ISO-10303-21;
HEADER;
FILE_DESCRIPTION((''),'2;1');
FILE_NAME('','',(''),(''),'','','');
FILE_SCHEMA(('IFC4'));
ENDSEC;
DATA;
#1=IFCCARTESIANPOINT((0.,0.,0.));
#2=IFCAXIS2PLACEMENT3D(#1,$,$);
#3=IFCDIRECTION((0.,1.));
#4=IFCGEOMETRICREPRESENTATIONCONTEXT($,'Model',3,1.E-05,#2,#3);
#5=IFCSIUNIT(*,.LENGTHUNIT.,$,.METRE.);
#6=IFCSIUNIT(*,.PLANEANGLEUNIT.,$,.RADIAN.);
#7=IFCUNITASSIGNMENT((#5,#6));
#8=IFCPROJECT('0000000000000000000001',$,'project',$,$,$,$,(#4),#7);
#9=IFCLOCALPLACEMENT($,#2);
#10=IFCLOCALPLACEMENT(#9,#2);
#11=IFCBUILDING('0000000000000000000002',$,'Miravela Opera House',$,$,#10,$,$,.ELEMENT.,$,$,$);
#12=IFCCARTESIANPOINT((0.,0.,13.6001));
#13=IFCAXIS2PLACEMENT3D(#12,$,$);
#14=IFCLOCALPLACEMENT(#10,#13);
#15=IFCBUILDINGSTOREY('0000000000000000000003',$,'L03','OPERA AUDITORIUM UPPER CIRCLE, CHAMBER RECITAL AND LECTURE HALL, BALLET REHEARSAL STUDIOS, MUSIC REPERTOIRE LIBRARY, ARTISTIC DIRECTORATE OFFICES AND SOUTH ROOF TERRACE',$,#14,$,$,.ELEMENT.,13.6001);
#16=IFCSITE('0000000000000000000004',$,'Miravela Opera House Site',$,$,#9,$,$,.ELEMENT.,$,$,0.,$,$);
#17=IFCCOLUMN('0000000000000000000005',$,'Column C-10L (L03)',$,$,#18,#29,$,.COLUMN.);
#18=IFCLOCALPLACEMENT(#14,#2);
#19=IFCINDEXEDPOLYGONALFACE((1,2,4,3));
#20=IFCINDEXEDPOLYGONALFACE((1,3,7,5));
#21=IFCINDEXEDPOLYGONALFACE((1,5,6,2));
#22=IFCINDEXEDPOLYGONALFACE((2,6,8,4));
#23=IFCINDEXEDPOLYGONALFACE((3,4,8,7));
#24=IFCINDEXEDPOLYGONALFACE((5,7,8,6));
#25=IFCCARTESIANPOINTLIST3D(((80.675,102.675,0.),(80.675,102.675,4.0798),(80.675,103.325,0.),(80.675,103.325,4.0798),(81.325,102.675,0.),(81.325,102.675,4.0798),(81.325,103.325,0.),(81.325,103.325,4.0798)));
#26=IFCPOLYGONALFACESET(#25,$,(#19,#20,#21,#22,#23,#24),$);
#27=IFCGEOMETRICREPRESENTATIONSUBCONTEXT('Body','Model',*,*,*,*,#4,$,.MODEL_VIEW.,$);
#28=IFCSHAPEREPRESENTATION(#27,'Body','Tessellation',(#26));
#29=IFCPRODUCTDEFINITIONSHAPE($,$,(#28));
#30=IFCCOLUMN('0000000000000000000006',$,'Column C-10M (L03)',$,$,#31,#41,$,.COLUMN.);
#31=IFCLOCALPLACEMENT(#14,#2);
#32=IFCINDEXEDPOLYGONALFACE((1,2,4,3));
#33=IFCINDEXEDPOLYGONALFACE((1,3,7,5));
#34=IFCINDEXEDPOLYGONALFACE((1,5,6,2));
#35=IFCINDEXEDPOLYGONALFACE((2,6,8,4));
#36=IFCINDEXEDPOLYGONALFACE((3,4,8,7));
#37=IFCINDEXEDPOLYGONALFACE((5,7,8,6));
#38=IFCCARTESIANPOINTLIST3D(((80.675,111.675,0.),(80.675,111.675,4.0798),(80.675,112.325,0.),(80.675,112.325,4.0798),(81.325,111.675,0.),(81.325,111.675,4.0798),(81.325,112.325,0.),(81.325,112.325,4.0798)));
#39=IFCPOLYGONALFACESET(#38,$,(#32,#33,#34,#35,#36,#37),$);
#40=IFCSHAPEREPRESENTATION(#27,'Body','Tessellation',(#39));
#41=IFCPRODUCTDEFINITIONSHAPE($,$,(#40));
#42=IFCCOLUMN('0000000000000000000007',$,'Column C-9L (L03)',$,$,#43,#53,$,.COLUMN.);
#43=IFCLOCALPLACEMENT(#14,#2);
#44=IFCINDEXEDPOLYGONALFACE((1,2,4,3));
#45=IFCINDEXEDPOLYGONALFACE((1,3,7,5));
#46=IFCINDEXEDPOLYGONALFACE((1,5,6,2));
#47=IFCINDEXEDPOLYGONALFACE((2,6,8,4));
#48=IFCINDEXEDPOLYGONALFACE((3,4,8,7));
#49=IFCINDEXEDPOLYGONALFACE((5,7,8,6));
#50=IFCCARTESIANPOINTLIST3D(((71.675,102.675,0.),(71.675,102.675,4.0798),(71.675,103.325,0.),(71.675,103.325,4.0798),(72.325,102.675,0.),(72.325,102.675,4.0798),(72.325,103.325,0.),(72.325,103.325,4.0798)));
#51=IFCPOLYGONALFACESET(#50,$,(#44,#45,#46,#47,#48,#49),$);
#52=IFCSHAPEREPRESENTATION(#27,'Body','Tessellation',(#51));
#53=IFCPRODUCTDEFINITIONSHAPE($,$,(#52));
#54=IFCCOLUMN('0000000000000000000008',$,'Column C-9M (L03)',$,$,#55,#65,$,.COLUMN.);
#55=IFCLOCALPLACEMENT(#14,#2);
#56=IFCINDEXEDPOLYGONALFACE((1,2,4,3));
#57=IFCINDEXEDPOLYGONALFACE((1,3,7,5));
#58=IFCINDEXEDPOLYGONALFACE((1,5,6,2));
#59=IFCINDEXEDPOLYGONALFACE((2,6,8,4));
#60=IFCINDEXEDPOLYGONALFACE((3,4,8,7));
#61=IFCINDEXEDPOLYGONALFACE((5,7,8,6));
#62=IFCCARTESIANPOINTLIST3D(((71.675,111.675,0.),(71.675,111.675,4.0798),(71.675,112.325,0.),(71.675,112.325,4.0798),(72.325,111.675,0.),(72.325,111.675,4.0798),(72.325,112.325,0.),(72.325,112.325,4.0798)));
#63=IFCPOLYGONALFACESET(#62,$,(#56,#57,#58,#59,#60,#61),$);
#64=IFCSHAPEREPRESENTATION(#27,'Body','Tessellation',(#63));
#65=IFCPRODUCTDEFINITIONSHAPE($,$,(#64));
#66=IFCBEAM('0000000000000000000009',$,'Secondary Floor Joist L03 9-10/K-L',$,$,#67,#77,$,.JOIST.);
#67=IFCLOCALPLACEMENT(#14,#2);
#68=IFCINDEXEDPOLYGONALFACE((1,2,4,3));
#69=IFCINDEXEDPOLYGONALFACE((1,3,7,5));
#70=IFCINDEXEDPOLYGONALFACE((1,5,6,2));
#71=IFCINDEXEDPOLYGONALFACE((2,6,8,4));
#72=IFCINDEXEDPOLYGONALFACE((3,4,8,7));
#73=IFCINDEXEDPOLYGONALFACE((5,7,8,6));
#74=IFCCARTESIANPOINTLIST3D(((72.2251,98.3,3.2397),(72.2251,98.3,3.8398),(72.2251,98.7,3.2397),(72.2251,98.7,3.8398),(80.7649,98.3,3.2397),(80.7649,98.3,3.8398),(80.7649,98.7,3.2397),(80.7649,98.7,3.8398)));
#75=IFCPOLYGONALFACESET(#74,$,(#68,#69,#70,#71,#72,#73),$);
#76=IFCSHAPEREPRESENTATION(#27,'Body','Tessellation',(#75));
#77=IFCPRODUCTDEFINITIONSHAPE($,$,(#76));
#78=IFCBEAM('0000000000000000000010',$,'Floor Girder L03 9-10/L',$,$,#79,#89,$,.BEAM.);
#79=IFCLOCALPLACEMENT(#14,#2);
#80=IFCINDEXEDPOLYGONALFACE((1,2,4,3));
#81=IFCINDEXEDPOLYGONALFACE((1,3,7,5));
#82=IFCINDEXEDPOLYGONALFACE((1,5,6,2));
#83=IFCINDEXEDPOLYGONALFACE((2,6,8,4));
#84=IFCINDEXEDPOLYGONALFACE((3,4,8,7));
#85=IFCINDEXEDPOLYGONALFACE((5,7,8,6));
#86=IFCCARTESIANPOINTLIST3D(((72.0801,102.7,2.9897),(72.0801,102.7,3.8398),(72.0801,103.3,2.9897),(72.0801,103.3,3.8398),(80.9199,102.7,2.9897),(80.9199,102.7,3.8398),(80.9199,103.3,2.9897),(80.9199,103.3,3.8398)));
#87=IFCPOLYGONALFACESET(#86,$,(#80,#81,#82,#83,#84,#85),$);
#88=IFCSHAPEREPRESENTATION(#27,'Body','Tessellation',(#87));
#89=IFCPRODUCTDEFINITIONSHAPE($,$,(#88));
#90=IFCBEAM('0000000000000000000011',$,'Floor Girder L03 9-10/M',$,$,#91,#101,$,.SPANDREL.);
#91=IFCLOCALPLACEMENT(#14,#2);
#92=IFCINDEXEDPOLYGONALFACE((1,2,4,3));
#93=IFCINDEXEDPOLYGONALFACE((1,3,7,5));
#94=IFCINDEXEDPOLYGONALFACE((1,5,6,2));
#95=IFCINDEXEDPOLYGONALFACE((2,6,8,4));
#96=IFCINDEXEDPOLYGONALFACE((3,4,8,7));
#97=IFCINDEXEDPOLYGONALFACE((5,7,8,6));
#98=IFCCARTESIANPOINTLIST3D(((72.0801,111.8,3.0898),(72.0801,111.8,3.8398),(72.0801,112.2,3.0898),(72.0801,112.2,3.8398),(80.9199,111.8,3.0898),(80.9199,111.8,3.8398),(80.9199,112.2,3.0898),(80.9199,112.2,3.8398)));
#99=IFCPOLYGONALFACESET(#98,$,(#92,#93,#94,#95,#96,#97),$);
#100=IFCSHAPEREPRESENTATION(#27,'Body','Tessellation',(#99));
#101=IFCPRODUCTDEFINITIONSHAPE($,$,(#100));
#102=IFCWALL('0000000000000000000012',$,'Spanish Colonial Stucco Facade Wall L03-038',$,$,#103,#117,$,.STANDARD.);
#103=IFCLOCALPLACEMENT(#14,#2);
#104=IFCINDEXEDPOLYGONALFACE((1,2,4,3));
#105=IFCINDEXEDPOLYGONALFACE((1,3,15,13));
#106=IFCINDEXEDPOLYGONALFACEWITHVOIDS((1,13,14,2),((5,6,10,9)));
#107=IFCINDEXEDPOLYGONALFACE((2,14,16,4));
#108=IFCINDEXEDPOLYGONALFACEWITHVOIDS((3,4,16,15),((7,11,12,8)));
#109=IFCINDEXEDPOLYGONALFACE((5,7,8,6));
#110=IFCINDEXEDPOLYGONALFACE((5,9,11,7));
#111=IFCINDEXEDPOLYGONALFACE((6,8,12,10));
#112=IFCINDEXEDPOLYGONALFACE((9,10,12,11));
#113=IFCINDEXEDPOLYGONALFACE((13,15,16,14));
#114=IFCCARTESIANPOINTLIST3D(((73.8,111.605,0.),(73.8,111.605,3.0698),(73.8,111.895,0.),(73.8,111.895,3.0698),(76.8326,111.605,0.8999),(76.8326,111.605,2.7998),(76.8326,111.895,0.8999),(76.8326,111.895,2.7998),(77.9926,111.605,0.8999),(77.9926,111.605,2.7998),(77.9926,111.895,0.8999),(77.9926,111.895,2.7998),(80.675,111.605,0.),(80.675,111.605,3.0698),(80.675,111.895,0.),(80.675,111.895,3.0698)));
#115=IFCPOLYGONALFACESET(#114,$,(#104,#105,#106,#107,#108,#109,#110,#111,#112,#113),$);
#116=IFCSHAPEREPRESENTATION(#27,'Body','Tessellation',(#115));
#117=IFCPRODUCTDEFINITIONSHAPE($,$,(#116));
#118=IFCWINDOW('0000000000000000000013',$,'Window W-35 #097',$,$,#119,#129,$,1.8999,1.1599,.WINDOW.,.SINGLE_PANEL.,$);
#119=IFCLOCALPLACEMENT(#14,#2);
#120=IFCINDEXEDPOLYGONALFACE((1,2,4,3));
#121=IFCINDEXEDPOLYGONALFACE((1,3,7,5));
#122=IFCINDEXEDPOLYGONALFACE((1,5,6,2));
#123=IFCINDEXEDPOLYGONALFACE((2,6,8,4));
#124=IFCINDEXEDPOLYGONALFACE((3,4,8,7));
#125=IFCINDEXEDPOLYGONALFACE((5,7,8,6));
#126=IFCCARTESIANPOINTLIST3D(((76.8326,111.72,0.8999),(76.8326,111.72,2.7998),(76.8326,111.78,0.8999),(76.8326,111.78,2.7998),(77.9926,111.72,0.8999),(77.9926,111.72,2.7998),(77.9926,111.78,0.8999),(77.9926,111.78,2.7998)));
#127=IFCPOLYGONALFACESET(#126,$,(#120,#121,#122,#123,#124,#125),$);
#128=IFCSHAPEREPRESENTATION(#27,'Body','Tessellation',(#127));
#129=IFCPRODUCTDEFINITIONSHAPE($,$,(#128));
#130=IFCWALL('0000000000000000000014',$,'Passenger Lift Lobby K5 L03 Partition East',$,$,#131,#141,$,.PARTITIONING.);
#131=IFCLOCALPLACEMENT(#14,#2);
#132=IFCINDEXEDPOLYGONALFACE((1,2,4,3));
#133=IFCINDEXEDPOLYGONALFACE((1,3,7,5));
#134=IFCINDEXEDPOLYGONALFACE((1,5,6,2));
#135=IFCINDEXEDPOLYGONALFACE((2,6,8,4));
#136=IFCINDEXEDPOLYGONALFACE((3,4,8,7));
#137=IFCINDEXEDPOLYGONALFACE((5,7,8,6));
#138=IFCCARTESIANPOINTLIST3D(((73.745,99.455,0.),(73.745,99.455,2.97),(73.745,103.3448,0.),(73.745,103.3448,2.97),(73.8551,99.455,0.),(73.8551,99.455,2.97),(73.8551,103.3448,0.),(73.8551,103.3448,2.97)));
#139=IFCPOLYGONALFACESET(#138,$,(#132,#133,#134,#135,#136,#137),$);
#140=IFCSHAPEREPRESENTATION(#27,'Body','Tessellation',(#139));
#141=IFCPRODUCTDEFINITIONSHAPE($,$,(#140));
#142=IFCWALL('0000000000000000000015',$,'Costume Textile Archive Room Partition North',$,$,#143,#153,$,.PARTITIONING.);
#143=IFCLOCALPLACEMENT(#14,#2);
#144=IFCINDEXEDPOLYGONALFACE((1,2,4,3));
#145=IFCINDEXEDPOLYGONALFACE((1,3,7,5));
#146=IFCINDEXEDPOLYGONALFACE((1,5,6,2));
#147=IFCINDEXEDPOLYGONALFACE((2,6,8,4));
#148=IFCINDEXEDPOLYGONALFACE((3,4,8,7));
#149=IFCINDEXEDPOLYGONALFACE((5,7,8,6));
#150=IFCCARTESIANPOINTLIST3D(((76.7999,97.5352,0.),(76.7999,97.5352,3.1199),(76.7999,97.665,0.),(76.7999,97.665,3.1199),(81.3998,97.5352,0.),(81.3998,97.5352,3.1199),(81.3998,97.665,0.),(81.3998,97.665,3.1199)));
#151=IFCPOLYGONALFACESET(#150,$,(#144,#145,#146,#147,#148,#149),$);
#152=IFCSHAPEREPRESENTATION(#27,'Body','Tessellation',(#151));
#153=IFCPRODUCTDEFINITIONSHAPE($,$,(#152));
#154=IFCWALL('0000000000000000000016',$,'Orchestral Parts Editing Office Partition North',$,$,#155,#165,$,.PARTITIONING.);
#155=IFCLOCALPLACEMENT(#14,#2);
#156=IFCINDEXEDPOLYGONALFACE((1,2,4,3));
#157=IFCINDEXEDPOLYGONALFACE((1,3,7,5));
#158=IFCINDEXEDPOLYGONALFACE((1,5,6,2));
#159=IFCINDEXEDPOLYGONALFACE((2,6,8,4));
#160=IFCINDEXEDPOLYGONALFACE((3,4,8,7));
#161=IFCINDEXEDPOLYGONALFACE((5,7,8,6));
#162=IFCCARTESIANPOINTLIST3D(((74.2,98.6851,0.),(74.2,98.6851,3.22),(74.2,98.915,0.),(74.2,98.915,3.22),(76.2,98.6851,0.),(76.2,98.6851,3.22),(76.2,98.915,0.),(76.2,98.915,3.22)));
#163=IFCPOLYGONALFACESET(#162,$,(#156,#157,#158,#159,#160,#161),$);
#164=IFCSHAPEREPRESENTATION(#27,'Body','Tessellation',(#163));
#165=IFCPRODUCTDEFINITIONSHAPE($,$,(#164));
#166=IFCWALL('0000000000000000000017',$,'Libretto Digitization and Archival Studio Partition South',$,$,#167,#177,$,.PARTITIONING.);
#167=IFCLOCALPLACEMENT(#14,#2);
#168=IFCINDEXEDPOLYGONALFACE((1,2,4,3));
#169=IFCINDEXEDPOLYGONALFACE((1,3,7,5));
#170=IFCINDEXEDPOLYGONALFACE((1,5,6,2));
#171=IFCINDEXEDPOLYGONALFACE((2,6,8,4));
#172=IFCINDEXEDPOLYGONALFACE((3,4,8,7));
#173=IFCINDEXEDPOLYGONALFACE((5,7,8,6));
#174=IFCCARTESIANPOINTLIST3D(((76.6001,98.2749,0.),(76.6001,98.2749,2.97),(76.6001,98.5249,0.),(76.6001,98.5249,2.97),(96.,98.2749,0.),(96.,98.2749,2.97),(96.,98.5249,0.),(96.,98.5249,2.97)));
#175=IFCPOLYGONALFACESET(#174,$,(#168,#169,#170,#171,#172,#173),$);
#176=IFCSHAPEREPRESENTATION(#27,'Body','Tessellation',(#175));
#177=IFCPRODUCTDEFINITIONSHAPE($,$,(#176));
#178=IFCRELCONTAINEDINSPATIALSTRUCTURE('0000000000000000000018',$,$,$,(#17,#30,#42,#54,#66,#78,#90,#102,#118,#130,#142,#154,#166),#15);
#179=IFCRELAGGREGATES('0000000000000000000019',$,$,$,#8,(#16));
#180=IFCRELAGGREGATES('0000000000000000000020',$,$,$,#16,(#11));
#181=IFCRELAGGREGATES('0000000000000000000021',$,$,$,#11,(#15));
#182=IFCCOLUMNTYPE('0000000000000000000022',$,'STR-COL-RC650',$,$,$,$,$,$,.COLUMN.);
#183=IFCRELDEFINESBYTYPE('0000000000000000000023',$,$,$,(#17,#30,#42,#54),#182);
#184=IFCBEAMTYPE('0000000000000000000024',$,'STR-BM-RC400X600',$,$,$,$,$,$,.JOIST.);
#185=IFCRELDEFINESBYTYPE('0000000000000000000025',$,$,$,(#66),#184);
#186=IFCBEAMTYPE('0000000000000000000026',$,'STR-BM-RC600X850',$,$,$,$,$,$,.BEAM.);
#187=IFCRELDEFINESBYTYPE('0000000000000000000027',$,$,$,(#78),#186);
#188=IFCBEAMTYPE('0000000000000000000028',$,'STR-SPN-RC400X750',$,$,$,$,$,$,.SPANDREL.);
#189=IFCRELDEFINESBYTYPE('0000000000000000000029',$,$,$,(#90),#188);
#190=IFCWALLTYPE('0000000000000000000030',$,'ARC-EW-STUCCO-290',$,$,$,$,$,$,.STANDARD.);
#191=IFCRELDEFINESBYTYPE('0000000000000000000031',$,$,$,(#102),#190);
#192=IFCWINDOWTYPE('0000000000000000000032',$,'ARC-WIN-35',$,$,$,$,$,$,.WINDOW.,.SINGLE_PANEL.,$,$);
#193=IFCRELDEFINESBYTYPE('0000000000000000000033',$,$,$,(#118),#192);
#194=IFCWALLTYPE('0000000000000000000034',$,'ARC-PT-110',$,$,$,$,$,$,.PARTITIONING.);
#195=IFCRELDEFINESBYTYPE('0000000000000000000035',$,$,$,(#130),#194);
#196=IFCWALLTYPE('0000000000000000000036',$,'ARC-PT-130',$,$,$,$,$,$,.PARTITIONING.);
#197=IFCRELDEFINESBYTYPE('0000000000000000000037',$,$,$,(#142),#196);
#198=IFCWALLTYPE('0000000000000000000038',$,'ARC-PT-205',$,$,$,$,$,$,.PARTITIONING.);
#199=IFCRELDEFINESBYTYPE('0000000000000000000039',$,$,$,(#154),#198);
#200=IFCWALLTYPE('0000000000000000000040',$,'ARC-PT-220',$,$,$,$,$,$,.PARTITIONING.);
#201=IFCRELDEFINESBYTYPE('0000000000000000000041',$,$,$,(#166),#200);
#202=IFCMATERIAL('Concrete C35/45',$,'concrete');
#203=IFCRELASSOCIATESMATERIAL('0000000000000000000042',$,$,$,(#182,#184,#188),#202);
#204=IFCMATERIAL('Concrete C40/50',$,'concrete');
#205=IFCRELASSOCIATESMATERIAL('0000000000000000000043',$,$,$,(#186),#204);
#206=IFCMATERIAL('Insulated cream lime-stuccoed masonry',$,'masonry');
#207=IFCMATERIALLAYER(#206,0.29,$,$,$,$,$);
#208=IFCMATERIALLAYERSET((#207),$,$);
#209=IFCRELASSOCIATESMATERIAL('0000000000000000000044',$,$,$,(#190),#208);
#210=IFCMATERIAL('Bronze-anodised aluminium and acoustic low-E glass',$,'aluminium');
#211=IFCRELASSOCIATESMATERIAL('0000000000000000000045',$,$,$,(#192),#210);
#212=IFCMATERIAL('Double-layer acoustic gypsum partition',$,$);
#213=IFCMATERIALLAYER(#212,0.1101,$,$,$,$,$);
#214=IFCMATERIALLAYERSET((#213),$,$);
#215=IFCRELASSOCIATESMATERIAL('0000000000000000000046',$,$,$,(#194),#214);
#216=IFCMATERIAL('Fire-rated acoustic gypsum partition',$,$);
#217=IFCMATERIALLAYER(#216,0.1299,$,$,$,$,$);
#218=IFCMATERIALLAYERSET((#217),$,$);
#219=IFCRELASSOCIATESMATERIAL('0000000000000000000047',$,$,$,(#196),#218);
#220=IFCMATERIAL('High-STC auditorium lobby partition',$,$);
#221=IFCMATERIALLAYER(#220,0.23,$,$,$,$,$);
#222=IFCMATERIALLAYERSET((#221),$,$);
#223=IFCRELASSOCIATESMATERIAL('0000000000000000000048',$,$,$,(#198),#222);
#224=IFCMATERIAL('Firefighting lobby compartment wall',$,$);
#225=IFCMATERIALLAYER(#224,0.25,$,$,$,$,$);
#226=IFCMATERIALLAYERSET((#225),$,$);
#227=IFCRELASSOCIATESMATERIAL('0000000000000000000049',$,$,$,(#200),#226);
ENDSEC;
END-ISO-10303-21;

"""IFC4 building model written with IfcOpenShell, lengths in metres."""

from ifc_helpers import new_model, si_unit, direction, frame, frame_2d, origin, origin_2d, place, context, subcontext, project, spatial, rectangle, extrude, material, layer, layer_set, material_profile, profile_set, type_object, element, fill, save


model = new_model("IFC4")

# Units and contexts
model_context = context("Model", 3, precision=1e-05, world=origin(), true_north=direction((0.0, 1.0)))
body_context = subcontext(model_context, "Body", "Model", "MODEL_VIEW")
ifc_project = project(units=[si_unit("LENGTHUNIT", "METRE"), si_unit("PLANEANGLEUNIT", "RADIAN")], contexts=[model_context])

# Site, building, storey
site_placement = place(None, origin())
site = spatial("IfcSite", under=ifc_project, at=site_placement, Name="Miravela Opera House Site", CompositionType="ELEMENT", RefElevation=0.0)
building_placement = place(site_placement, origin())
building = spatial("IfcBuilding", under=site, at=building_placement, Name="Miravela Opera House", CompositionType="ELEMENT")
storey_placement = place(building_placement, frame((0.0, 0.0, 13.6001)))
storey = spatial("IfcBuildingStorey", under=building, at=storey_placement, Name="L03", Description="OPERA AUDITORIUM UPPER CIRCLE, CHAMBER RECITAL AND LECTURE HALL, BALLET REHEARSAL STUDIOS, MUSIC REPERTOIRE LIBRARY, ARTISTIC DIRECTORATE OFFICES AND SOUTH ROOF TERRACE", CompositionType="ELEMENT", Elevation=13.6001)

# Columns
ifc_material_1 = material(Name="Concrete C35/45", Category="concrete")
ifc_material_profile_1 = material_profile(ifc_material_1, rectangle(XDim=0.6499, YDim=0.6499, at=origin_2d()), Name="RC-COL-650X650")
ifc_profile_set_1 = profile_set([ifc_material_profile_1])
column_type = type_object("IfcColumnType", Name="STR-COL-RC650", PredefinedType="COLUMN", material=ifc_profile_set_1)
for number, where, z_axis, x_axis, name in (
    (1, (81.0, 103.0, 0.0), (0.0, 0.0, 1.0), (1.0, 0.0, 0.0), "Column C-10L (L03)"),
    (2, (81.0, 112.0, 0.0), (0.0, 0.0, 1.0), (1.0, 0.0, 0.0), "Column C-10M (L03)"),
    (3, (72.0, 103.0, 0.0), (0.0, 0.0, 1.0), (1.0, 0.0, 0.0), "Column C-9L (L03)"),
    (4, (72.0, 112.0, 0.0), (0.0, 0.0, 1.0), (1.0, 0.0, 0.0), "Column C-9M (L03)"),
):
    element("IfcColumn", number, at=place(storey_placement, frame(where, z_axis=z_axis, x_axis=x_axis)), inside=storey, type_object=column_type, Name=name, PredefinedType="COLUMN", context=body_context, shape_type="SweptSolid", body=[
        extrude(rectangle(XDim=0.6499, YDim=0.6499, at=origin_2d()), origin(), (0.0, 0.0, 1.0), 4.0798),
    ])

# Beams
ifc_material_profile_2 = material_profile(ifc_material_1, rectangle(XDim=0.3999, YDim=0.6001, at=origin_2d()), Name="RC-BM-400X600")
ifc_profile_set_2 = profile_set([ifc_material_profile_2])
beam_type_1 = type_object("IfcBeamType", Name="STR-BM-RC400X600", PredefinedType="JOIST", material=ifc_profile_set_2)
beam_1_placement = place(storey_placement, frame((72.2251, 98.5, 3.5398), z_axis=(1.0, 0.0, 0.0), x_axis=(0.0, 1.0, 0.0)))
element("IfcBeam", 5, at=beam_1_placement, inside=storey, type_object=beam_type_1, Name="Secondary Floor Joist L03 9-10/K-L", PredefinedType="JOIST", context=body_context, shape_type="SweptSolid", body=[
    extrude(rectangle(XDim=0.3999, YDim=0.6001, at=origin_2d()), origin(), (0.0, 0.0, 1.0), 8.5398),
])
ifc_material_2 = material(Name="Concrete C40/50", Category="concrete")
ifc_material_profile_3 = material_profile(ifc_material_2, rectangle(XDim=0.6001, YDim=0.8501, at=origin_2d()), Name="RC-BM-600X850")
ifc_profile_set_3 = profile_set([ifc_material_profile_3])
beam_type_2 = type_object("IfcBeamType", Name="STR-BM-RC600X850", PredefinedType="BEAM", material=ifc_profile_set_3)
beam_2_placement = place(storey_placement, frame((72.0801, 103.0, 3.4148), z_axis=(1.0, 0.0, 0.0), x_axis=(0.0, 1.0, 0.0)))
element("IfcBeam", 6, at=beam_2_placement, inside=storey, type_object=beam_type_2, Name="Floor Girder L03 9-10/L", PredefinedType="BEAM", context=body_context, shape_type="SweptSolid", body=[
    extrude(rectangle(XDim=0.6001, YDim=0.8501, at=origin_2d()), origin(), (0.0, 0.0, 1.0), 8.8398),
])
ifc_material_profile_4 = material_profile(ifc_material_1, rectangle(XDim=0.3999, YDim=0.75, at=origin_2d()), Name="RC-SPN-400X750")
ifc_profile_set_4 = profile_set([ifc_material_profile_4])
beam_type_3 = type_object("IfcBeamType", Name="STR-SPN-RC400X750", PredefinedType="SPANDREL", material=ifc_profile_set_4)
beam_3_placement = place(storey_placement, frame((72.0801, 112.0, 3.4648), z_axis=(1.0, 0.0, 0.0), x_axis=(0.0, 1.0, 0.0)))
element("IfcBeam", 7, at=beam_3_placement, inside=storey, type_object=beam_type_3, Name="Floor Girder L03 9-10/M", PredefinedType="SPANDREL", context=body_context, shape_type="SweptSolid", body=[
    extrude(rectangle(XDim=0.3999, YDim=0.75, at=origin_2d()), origin(), (0.0, 0.0, 1.0), 8.8398),
])

# Wall, opening, window
ifc_material_3 = material(Name="Insulated cream lime-stuccoed masonry", Category="masonry")
ifc_layer_1 = layer(ifc_material_3, 0.29)
ifc_layer_set_1 = layer_set([ifc_layer_1])
wall_type_1 = type_object("IfcWallType", Name="ARC-EW-STUCCO-290", PredefinedType="STANDARD", material=ifc_layer_set_1)
wall_1_placement = place(storey_placement, frame((73.8, 111.75, 0.0), z_axis=(0.0, 0.0, 1.0), x_axis=(1.0, 0.0, 0.0)))
wall_1 = element("IfcWall", 8, at=wall_1_placement, inside=storey, type_object=wall_type_1, Name="Spanish Colonial Stucco Facade Wall L03-038", PredefinedType="STANDARD", context=body_context, shape_type="SweptSolid", body=[
    extrude(rectangle(XDim=6.875, YDim=0.29, at=frame_2d((3.4375, 0.0))), origin(), (0.0, 0.0, 1.0), 3.0698),
])
opening_1_placement = place(wall_1_placement, frame((3.0325, 0.0, 0.8999)))
opening_1 = element("IfcOpeningElement", 9, at=opening_1_placement, cuts=wall_1, PredefinedType="OPENING", context=body_context, shape_type="SweptSolid", body=[
    extrude(rectangle(XDim=1.1599, YDim=1.8999, at=frame_2d((0.5801, 0.95))), frame((0.0, 0.155, 0.0), z_axis=(0.0, -1.0, 0.0), x_axis=(1.0, 0.0, 0.0)), (0.0, 0.0, 1.0), 0.3101),
])
ifc_material_4 = material(Name="Bronze-anodised aluminium and acoustic low-E glass", Category="aluminium")
window_type = type_object("IfcWindowType", Name="ARC-WIN-35", PartitioningType="SINGLE_PANEL", PredefinedType="WINDOW", material=ifc_material_4)
window_placement = place(opening_1_placement, origin())
window = element("IfcWindow", 10, at=window_placement, inside=storey, type_object=window_type, Name="Window W-35 #097", OverallHeight=1.8999, OverallWidth=1.1599, PartitioningType="SINGLE_PANEL", PredefinedType="WINDOW", context=body_context, shape_type="SweptSolid", body=[
    extrude(rectangle(XDim=1.1599, YDim=1.8999, at=frame_2d((0.5801, 0.95))), frame((0.0, 0.03, 0.0), z_axis=(0.0, -1.0, 0.0), x_axis=(1.0, 0.0, 0.0)), (0.0, 0.0, 1.0), 0.0601),
])
fill(opening_1, window)

# Walls
ifc_material_5 = material(Name="Double-layer acoustic gypsum partition")
ifc_layer_2 = layer(ifc_material_5, 0.1101)
ifc_layer_set_2 = layer_set([ifc_layer_2])
wall_type_2 = type_object("IfcWallType", Name="ARC-PT-110", PredefinedType="PARTITIONING", material=ifc_layer_set_2)
wall_2_placement = place(storey_placement, frame((73.8, 99.4551, 0.0), z_axis=(0.0, 0.0, 1.0), x_axis=(0.0, 1.0, 0.0)))
element("IfcWall", 11, at=wall_2_placement, inside=storey, type_object=wall_type_2, Name="Passenger Lift Lobby K5 L03 Partition East", PredefinedType="PARTITIONING", context=body_context, shape_type="SweptSolid", body=[
    extrude(rectangle(XDim=3.8899, YDim=0.1101, at=frame_2d((1.9448, 0.0))), origin(), (0.0, 0.0, 1.0), 2.97),
])
ifc_material_6 = material(Name="Fire-rated acoustic gypsum partition")
ifc_layer_3 = layer(ifc_material_6, 0.1299)
ifc_layer_set_3 = layer_set([ifc_layer_3])
wall_type_3 = type_object("IfcWallType", Name="ARC-PT-130", PredefinedType="PARTITIONING", material=ifc_layer_set_3)
wall_3_placement = place(storey_placement, frame((76.8, 97.6001, 0.0), z_axis=(0.0, 0.0, 1.0), x_axis=(1.0, 0.0, 0.0)))
element("IfcWall", 12, at=wall_3_placement, inside=storey, type_object=wall_type_3, Name="Costume Textile Archive Room Partition North", PredefinedType="PARTITIONING", context=body_context, shape_type="SweptSolid", body=[
    extrude(rectangle(XDim=4.5999, YDim=0.1299, at=frame_2d((2.2998, 0.0))), origin(), (0.0, 0.0, 1.0), 3.1199),
])
ifc_material_7 = material(Name="High-STC auditorium lobby partition")
ifc_layer_4 = layer(ifc_material_7, 0.23)
ifc_layer_set_4 = layer_set([ifc_layer_4])
wall_type_4 = type_object("IfcWallType", Name="ARC-PT-205", PredefinedType="PARTITIONING", material=ifc_layer_set_4)
wall_4_placement = place(storey_placement, frame((74.2, 98.8, 0.0), z_axis=(0.0, 0.0, 1.0), x_axis=(1.0, 0.0, 0.0)))
element("IfcWall", 13, at=wall_4_placement, inside=storey, type_object=wall_type_4, Name="Orchestral Parts Editing Office Partition North", PredefinedType="PARTITIONING", context=body_context, shape_type="SweptSolid", body=[
    extrude(rectangle(XDim=2.0, YDim=0.23, at=frame_2d((1.0, 0.0))), origin(), (0.0, 0.0, 1.0), 3.22),
])
ifc_material_8 = material(Name="Firefighting lobby compartment wall")
ifc_layer_5 = layer(ifc_material_8, 0.25)
ifc_layer_set_5 = layer_set([ifc_layer_5])
wall_type_5 = type_object("IfcWallType", Name="ARC-PT-220", PredefinedType="PARTITIONING", material=ifc_layer_set_5)
for number, where, z_axis, x_axis, name in (
    (14, (76.6001, 98.3999, 0.0), (0.0, 0.0, 1.0), (1.0, 0.0, 0.0), "Libretto Digitization and Archival Studio Partition South"),
):
    element("IfcWall", number, at=place(storey_placement, frame(where, z_axis=z_axis, x_axis=x_axis)), inside=storey, type_object=wall_type_5, Name=name, PredefinedType="PARTITIONING", context=body_context, shape_type="SweptSolid", body=[
        extrude(rectangle(XDim=19.3999, YDim=0.25, at=frame_2d((9.7, 0.0))), origin(), (0.0, 0.0, 1.0), 2.97),
    ])

save(model, "model.ifc")
